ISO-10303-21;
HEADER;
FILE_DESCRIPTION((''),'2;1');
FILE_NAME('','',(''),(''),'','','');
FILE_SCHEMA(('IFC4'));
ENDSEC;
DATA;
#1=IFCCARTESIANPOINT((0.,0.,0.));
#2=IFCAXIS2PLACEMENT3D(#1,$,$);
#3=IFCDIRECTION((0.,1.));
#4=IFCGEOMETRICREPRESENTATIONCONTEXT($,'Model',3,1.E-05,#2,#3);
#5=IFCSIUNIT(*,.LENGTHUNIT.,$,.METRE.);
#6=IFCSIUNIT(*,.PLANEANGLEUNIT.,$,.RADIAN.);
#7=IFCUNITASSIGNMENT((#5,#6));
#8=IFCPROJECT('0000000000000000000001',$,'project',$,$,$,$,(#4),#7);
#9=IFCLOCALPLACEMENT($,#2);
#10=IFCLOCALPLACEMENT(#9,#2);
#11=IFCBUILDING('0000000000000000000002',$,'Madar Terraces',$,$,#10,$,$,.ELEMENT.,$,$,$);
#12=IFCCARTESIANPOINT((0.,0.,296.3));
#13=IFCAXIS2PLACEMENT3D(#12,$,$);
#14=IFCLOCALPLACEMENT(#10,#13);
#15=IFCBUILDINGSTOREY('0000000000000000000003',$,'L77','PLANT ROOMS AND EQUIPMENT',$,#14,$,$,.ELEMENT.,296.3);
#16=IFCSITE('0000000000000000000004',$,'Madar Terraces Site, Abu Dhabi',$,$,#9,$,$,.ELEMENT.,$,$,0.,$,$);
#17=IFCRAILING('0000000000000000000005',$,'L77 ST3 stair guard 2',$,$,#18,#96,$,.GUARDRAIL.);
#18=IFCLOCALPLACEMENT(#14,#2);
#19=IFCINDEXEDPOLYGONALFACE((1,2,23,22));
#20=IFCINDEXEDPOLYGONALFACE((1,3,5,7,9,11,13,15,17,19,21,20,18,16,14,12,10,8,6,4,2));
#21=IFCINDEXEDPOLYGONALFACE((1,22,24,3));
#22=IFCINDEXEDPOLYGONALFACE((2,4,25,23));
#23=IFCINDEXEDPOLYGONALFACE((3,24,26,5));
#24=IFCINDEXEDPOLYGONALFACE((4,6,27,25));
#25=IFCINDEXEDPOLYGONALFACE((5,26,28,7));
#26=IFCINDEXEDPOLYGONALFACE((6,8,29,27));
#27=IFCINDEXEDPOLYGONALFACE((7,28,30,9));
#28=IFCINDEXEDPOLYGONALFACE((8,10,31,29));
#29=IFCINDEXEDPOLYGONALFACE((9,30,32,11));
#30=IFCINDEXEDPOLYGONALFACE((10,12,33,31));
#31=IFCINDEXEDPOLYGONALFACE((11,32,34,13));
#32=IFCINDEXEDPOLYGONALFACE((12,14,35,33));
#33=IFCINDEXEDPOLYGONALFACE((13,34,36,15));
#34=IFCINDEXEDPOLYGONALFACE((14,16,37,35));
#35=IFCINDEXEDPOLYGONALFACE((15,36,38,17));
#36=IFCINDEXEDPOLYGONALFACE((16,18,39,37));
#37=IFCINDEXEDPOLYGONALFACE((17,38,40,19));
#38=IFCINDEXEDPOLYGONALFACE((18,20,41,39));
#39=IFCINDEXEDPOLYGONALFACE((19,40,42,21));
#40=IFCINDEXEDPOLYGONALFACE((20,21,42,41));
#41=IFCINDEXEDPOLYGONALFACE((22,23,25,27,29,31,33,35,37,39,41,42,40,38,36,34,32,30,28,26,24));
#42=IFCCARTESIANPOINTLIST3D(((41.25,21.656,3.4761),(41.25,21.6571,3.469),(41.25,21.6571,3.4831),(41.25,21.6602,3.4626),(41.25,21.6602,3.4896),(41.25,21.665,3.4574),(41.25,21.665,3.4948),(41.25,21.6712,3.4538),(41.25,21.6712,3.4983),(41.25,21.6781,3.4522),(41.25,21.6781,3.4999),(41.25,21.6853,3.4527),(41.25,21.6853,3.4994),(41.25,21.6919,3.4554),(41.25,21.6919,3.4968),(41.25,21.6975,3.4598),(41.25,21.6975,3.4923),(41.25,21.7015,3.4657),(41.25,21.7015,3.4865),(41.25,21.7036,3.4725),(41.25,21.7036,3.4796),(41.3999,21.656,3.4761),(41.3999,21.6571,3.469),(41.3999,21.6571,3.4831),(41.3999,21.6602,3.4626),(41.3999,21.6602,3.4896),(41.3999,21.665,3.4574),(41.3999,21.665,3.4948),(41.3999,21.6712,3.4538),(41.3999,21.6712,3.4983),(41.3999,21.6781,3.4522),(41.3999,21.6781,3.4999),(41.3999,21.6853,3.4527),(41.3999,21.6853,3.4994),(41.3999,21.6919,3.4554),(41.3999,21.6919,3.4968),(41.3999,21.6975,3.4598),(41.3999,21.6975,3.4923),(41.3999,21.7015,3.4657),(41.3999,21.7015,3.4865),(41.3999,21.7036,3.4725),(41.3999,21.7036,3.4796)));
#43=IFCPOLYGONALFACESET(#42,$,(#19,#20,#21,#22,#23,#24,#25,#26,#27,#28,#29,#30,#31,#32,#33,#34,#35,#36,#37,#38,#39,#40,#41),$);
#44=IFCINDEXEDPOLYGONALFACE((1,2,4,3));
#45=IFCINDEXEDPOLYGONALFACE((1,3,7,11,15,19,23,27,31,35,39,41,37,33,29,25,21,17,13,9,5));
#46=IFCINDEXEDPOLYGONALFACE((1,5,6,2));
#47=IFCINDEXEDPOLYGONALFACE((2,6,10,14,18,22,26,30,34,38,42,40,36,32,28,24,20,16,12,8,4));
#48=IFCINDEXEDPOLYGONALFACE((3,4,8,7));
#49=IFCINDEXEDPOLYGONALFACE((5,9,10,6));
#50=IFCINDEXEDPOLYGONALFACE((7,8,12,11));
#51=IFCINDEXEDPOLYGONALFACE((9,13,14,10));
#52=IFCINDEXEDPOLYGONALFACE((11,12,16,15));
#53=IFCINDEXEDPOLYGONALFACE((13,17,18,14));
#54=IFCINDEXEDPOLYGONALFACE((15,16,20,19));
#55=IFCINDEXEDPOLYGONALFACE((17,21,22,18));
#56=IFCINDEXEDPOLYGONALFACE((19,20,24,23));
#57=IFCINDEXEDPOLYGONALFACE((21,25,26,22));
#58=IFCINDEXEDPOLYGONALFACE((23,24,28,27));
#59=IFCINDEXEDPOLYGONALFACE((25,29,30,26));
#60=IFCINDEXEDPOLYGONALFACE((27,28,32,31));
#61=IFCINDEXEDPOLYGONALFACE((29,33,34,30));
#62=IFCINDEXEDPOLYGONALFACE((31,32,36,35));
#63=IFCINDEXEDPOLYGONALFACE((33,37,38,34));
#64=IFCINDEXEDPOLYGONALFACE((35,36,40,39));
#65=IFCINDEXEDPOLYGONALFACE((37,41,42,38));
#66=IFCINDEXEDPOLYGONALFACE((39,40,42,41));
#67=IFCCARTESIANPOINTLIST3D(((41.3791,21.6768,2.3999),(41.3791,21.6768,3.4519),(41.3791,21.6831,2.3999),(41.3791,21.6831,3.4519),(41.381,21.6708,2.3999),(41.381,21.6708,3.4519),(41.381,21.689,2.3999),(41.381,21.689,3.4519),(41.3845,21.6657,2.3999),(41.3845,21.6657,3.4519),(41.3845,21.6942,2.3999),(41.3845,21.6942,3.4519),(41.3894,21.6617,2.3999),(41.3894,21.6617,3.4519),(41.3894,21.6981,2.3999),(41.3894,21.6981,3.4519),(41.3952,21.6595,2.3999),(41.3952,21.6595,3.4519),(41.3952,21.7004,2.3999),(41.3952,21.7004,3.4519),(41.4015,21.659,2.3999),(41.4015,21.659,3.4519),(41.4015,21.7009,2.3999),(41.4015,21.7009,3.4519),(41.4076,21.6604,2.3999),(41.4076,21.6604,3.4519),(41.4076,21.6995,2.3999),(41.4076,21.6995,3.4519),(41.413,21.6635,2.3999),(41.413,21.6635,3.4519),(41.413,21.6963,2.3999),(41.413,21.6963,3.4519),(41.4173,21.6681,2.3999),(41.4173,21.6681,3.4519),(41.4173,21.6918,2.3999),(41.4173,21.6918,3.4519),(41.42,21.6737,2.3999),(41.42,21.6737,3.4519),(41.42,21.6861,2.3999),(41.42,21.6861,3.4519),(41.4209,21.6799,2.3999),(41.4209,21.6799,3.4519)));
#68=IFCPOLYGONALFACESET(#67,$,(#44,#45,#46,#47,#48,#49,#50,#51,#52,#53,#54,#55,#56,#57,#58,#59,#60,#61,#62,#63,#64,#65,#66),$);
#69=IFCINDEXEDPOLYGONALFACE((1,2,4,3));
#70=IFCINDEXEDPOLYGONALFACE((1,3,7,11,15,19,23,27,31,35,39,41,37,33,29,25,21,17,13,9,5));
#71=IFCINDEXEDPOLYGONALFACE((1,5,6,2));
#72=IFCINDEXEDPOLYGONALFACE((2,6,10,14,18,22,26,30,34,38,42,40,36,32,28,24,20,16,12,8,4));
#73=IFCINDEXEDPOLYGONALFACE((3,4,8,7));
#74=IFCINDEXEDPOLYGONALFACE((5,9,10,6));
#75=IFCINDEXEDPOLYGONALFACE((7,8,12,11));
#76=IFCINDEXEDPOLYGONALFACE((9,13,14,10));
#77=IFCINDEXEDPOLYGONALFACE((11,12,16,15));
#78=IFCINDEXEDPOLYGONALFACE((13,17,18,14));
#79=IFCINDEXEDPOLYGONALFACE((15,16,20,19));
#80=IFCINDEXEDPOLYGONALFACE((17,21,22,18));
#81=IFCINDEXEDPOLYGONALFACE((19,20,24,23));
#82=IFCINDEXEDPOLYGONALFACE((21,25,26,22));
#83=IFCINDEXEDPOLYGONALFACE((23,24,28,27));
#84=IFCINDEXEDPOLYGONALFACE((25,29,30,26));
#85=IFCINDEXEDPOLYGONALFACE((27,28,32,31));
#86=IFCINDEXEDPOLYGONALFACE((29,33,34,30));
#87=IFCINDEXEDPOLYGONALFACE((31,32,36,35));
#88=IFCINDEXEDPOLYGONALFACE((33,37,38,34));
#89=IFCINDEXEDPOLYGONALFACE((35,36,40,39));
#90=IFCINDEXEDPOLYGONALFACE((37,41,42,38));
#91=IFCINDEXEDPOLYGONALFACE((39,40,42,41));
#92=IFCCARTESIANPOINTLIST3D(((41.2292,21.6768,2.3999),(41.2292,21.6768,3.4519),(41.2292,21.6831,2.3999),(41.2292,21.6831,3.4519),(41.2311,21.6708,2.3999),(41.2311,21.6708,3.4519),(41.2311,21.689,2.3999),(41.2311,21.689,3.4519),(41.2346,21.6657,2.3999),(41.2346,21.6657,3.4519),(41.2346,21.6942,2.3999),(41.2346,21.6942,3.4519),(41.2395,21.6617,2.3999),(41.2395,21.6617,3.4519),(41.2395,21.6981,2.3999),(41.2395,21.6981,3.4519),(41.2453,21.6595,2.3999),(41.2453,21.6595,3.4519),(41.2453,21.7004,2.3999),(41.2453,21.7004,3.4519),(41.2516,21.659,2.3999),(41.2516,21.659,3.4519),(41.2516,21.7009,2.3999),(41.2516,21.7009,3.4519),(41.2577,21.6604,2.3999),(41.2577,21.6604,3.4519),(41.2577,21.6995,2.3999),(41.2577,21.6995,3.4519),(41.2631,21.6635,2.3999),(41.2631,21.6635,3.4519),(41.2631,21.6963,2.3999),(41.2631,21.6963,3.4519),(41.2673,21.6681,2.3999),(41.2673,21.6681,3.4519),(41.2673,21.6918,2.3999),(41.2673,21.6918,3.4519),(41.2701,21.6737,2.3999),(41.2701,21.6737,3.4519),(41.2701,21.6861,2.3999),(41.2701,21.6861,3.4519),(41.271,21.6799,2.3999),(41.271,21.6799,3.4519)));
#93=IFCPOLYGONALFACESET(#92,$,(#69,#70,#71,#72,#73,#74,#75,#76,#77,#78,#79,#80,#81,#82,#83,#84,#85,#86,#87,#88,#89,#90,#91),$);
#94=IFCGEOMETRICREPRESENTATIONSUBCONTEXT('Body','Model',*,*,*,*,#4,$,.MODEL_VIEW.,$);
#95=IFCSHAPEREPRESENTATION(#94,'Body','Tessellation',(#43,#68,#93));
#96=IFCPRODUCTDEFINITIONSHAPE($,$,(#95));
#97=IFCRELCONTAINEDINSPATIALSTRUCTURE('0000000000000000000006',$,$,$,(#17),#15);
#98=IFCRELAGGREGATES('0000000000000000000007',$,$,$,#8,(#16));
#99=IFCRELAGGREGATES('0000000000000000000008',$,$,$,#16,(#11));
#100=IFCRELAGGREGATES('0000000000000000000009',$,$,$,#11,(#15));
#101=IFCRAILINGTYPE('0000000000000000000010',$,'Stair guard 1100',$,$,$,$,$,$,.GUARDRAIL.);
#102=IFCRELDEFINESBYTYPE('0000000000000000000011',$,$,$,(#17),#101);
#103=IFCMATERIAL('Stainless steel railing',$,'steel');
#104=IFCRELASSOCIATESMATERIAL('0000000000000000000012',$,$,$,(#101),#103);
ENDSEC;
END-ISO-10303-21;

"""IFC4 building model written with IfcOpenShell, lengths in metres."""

from ifc_helpers import new_model, si_unit, direction, frame, origin, origin_2d, place, context, subcontext, project, spatial, circle, extrude, material, type_object, element, save


model = new_model("IFC4")

# Units and contexts
model_context = context("Model", 3, precision=1e-05, world=origin(), true_north=direction((0.0, 1.0)))
body_context = subcontext(model_context, "Body", "Model", "MODEL_VIEW")
ifc_project = project(units=[si_unit("LENGTHUNIT", "METRE"), si_unit("PLANEANGLEUNIT", "RADIAN")], contexts=[model_context])

# Site, building, storey
site_placement = place(None, origin())
site = spatial("IfcSite", under=ifc_project, at=site_placement, Name="Madar Terraces Site, Abu Dhabi", CompositionType="ELEMENT", RefElevation=0.0)
building_placement = place(site_placement, origin())
building = spatial("IfcBuilding", under=site, at=building_placement, Name="Madar Terraces", CompositionType="ELEMENT")
storey_placement = place(building_placement, frame((0.0, 0.0, 296.3)))
storey = spatial("IfcBuildingStorey", under=building, at=storey_placement, Name="L77", Description="PLANT ROOMS AND EQUIPMENT", CompositionType="ELEMENT", Elevation=296.3)

# Railing
ifc_material_1 = material(Name="Stainless steel railing", Category="steel")
railing_type_1 = type_object("IfcRailingType", Name="Stair guard 1100", PredefinedType="GUARDRAIL", material=ifc_material_1)
railing_1_placement = place(storey_placement, frame((41.3999, 21.6799, 2.3999)))
element("IfcRailing", 1, at=railing_1_placement, inside=storey, type_object=railing_type_1, Name="L77 ST3 stair guard 2", PredefinedType="GUARDRAIL", context=body_context, shape_type="SweptSolid", body=[
    extrude(circle(Radius=0.0239, at=origin_2d()), frame((0.0, 0.0, 1.0762), z_axis=(-1.0, 0.0, 0.0), x_axis=(0.0, -1.0, 0.0)), (0.0, 0.0, 1.0), 0.1499),
    extrude(circle(Radius=0.021, at=origin_2d()), origin(), (0.0, 0.0, 1.0), 1.052),
    extrude(circle(Radius=0.021, at=origin_2d()), frame((-0.1499, 0.0, 0.0)), (0.0, 0.0, 1.0), 1.052),
])

save(model, "model.ifc")
